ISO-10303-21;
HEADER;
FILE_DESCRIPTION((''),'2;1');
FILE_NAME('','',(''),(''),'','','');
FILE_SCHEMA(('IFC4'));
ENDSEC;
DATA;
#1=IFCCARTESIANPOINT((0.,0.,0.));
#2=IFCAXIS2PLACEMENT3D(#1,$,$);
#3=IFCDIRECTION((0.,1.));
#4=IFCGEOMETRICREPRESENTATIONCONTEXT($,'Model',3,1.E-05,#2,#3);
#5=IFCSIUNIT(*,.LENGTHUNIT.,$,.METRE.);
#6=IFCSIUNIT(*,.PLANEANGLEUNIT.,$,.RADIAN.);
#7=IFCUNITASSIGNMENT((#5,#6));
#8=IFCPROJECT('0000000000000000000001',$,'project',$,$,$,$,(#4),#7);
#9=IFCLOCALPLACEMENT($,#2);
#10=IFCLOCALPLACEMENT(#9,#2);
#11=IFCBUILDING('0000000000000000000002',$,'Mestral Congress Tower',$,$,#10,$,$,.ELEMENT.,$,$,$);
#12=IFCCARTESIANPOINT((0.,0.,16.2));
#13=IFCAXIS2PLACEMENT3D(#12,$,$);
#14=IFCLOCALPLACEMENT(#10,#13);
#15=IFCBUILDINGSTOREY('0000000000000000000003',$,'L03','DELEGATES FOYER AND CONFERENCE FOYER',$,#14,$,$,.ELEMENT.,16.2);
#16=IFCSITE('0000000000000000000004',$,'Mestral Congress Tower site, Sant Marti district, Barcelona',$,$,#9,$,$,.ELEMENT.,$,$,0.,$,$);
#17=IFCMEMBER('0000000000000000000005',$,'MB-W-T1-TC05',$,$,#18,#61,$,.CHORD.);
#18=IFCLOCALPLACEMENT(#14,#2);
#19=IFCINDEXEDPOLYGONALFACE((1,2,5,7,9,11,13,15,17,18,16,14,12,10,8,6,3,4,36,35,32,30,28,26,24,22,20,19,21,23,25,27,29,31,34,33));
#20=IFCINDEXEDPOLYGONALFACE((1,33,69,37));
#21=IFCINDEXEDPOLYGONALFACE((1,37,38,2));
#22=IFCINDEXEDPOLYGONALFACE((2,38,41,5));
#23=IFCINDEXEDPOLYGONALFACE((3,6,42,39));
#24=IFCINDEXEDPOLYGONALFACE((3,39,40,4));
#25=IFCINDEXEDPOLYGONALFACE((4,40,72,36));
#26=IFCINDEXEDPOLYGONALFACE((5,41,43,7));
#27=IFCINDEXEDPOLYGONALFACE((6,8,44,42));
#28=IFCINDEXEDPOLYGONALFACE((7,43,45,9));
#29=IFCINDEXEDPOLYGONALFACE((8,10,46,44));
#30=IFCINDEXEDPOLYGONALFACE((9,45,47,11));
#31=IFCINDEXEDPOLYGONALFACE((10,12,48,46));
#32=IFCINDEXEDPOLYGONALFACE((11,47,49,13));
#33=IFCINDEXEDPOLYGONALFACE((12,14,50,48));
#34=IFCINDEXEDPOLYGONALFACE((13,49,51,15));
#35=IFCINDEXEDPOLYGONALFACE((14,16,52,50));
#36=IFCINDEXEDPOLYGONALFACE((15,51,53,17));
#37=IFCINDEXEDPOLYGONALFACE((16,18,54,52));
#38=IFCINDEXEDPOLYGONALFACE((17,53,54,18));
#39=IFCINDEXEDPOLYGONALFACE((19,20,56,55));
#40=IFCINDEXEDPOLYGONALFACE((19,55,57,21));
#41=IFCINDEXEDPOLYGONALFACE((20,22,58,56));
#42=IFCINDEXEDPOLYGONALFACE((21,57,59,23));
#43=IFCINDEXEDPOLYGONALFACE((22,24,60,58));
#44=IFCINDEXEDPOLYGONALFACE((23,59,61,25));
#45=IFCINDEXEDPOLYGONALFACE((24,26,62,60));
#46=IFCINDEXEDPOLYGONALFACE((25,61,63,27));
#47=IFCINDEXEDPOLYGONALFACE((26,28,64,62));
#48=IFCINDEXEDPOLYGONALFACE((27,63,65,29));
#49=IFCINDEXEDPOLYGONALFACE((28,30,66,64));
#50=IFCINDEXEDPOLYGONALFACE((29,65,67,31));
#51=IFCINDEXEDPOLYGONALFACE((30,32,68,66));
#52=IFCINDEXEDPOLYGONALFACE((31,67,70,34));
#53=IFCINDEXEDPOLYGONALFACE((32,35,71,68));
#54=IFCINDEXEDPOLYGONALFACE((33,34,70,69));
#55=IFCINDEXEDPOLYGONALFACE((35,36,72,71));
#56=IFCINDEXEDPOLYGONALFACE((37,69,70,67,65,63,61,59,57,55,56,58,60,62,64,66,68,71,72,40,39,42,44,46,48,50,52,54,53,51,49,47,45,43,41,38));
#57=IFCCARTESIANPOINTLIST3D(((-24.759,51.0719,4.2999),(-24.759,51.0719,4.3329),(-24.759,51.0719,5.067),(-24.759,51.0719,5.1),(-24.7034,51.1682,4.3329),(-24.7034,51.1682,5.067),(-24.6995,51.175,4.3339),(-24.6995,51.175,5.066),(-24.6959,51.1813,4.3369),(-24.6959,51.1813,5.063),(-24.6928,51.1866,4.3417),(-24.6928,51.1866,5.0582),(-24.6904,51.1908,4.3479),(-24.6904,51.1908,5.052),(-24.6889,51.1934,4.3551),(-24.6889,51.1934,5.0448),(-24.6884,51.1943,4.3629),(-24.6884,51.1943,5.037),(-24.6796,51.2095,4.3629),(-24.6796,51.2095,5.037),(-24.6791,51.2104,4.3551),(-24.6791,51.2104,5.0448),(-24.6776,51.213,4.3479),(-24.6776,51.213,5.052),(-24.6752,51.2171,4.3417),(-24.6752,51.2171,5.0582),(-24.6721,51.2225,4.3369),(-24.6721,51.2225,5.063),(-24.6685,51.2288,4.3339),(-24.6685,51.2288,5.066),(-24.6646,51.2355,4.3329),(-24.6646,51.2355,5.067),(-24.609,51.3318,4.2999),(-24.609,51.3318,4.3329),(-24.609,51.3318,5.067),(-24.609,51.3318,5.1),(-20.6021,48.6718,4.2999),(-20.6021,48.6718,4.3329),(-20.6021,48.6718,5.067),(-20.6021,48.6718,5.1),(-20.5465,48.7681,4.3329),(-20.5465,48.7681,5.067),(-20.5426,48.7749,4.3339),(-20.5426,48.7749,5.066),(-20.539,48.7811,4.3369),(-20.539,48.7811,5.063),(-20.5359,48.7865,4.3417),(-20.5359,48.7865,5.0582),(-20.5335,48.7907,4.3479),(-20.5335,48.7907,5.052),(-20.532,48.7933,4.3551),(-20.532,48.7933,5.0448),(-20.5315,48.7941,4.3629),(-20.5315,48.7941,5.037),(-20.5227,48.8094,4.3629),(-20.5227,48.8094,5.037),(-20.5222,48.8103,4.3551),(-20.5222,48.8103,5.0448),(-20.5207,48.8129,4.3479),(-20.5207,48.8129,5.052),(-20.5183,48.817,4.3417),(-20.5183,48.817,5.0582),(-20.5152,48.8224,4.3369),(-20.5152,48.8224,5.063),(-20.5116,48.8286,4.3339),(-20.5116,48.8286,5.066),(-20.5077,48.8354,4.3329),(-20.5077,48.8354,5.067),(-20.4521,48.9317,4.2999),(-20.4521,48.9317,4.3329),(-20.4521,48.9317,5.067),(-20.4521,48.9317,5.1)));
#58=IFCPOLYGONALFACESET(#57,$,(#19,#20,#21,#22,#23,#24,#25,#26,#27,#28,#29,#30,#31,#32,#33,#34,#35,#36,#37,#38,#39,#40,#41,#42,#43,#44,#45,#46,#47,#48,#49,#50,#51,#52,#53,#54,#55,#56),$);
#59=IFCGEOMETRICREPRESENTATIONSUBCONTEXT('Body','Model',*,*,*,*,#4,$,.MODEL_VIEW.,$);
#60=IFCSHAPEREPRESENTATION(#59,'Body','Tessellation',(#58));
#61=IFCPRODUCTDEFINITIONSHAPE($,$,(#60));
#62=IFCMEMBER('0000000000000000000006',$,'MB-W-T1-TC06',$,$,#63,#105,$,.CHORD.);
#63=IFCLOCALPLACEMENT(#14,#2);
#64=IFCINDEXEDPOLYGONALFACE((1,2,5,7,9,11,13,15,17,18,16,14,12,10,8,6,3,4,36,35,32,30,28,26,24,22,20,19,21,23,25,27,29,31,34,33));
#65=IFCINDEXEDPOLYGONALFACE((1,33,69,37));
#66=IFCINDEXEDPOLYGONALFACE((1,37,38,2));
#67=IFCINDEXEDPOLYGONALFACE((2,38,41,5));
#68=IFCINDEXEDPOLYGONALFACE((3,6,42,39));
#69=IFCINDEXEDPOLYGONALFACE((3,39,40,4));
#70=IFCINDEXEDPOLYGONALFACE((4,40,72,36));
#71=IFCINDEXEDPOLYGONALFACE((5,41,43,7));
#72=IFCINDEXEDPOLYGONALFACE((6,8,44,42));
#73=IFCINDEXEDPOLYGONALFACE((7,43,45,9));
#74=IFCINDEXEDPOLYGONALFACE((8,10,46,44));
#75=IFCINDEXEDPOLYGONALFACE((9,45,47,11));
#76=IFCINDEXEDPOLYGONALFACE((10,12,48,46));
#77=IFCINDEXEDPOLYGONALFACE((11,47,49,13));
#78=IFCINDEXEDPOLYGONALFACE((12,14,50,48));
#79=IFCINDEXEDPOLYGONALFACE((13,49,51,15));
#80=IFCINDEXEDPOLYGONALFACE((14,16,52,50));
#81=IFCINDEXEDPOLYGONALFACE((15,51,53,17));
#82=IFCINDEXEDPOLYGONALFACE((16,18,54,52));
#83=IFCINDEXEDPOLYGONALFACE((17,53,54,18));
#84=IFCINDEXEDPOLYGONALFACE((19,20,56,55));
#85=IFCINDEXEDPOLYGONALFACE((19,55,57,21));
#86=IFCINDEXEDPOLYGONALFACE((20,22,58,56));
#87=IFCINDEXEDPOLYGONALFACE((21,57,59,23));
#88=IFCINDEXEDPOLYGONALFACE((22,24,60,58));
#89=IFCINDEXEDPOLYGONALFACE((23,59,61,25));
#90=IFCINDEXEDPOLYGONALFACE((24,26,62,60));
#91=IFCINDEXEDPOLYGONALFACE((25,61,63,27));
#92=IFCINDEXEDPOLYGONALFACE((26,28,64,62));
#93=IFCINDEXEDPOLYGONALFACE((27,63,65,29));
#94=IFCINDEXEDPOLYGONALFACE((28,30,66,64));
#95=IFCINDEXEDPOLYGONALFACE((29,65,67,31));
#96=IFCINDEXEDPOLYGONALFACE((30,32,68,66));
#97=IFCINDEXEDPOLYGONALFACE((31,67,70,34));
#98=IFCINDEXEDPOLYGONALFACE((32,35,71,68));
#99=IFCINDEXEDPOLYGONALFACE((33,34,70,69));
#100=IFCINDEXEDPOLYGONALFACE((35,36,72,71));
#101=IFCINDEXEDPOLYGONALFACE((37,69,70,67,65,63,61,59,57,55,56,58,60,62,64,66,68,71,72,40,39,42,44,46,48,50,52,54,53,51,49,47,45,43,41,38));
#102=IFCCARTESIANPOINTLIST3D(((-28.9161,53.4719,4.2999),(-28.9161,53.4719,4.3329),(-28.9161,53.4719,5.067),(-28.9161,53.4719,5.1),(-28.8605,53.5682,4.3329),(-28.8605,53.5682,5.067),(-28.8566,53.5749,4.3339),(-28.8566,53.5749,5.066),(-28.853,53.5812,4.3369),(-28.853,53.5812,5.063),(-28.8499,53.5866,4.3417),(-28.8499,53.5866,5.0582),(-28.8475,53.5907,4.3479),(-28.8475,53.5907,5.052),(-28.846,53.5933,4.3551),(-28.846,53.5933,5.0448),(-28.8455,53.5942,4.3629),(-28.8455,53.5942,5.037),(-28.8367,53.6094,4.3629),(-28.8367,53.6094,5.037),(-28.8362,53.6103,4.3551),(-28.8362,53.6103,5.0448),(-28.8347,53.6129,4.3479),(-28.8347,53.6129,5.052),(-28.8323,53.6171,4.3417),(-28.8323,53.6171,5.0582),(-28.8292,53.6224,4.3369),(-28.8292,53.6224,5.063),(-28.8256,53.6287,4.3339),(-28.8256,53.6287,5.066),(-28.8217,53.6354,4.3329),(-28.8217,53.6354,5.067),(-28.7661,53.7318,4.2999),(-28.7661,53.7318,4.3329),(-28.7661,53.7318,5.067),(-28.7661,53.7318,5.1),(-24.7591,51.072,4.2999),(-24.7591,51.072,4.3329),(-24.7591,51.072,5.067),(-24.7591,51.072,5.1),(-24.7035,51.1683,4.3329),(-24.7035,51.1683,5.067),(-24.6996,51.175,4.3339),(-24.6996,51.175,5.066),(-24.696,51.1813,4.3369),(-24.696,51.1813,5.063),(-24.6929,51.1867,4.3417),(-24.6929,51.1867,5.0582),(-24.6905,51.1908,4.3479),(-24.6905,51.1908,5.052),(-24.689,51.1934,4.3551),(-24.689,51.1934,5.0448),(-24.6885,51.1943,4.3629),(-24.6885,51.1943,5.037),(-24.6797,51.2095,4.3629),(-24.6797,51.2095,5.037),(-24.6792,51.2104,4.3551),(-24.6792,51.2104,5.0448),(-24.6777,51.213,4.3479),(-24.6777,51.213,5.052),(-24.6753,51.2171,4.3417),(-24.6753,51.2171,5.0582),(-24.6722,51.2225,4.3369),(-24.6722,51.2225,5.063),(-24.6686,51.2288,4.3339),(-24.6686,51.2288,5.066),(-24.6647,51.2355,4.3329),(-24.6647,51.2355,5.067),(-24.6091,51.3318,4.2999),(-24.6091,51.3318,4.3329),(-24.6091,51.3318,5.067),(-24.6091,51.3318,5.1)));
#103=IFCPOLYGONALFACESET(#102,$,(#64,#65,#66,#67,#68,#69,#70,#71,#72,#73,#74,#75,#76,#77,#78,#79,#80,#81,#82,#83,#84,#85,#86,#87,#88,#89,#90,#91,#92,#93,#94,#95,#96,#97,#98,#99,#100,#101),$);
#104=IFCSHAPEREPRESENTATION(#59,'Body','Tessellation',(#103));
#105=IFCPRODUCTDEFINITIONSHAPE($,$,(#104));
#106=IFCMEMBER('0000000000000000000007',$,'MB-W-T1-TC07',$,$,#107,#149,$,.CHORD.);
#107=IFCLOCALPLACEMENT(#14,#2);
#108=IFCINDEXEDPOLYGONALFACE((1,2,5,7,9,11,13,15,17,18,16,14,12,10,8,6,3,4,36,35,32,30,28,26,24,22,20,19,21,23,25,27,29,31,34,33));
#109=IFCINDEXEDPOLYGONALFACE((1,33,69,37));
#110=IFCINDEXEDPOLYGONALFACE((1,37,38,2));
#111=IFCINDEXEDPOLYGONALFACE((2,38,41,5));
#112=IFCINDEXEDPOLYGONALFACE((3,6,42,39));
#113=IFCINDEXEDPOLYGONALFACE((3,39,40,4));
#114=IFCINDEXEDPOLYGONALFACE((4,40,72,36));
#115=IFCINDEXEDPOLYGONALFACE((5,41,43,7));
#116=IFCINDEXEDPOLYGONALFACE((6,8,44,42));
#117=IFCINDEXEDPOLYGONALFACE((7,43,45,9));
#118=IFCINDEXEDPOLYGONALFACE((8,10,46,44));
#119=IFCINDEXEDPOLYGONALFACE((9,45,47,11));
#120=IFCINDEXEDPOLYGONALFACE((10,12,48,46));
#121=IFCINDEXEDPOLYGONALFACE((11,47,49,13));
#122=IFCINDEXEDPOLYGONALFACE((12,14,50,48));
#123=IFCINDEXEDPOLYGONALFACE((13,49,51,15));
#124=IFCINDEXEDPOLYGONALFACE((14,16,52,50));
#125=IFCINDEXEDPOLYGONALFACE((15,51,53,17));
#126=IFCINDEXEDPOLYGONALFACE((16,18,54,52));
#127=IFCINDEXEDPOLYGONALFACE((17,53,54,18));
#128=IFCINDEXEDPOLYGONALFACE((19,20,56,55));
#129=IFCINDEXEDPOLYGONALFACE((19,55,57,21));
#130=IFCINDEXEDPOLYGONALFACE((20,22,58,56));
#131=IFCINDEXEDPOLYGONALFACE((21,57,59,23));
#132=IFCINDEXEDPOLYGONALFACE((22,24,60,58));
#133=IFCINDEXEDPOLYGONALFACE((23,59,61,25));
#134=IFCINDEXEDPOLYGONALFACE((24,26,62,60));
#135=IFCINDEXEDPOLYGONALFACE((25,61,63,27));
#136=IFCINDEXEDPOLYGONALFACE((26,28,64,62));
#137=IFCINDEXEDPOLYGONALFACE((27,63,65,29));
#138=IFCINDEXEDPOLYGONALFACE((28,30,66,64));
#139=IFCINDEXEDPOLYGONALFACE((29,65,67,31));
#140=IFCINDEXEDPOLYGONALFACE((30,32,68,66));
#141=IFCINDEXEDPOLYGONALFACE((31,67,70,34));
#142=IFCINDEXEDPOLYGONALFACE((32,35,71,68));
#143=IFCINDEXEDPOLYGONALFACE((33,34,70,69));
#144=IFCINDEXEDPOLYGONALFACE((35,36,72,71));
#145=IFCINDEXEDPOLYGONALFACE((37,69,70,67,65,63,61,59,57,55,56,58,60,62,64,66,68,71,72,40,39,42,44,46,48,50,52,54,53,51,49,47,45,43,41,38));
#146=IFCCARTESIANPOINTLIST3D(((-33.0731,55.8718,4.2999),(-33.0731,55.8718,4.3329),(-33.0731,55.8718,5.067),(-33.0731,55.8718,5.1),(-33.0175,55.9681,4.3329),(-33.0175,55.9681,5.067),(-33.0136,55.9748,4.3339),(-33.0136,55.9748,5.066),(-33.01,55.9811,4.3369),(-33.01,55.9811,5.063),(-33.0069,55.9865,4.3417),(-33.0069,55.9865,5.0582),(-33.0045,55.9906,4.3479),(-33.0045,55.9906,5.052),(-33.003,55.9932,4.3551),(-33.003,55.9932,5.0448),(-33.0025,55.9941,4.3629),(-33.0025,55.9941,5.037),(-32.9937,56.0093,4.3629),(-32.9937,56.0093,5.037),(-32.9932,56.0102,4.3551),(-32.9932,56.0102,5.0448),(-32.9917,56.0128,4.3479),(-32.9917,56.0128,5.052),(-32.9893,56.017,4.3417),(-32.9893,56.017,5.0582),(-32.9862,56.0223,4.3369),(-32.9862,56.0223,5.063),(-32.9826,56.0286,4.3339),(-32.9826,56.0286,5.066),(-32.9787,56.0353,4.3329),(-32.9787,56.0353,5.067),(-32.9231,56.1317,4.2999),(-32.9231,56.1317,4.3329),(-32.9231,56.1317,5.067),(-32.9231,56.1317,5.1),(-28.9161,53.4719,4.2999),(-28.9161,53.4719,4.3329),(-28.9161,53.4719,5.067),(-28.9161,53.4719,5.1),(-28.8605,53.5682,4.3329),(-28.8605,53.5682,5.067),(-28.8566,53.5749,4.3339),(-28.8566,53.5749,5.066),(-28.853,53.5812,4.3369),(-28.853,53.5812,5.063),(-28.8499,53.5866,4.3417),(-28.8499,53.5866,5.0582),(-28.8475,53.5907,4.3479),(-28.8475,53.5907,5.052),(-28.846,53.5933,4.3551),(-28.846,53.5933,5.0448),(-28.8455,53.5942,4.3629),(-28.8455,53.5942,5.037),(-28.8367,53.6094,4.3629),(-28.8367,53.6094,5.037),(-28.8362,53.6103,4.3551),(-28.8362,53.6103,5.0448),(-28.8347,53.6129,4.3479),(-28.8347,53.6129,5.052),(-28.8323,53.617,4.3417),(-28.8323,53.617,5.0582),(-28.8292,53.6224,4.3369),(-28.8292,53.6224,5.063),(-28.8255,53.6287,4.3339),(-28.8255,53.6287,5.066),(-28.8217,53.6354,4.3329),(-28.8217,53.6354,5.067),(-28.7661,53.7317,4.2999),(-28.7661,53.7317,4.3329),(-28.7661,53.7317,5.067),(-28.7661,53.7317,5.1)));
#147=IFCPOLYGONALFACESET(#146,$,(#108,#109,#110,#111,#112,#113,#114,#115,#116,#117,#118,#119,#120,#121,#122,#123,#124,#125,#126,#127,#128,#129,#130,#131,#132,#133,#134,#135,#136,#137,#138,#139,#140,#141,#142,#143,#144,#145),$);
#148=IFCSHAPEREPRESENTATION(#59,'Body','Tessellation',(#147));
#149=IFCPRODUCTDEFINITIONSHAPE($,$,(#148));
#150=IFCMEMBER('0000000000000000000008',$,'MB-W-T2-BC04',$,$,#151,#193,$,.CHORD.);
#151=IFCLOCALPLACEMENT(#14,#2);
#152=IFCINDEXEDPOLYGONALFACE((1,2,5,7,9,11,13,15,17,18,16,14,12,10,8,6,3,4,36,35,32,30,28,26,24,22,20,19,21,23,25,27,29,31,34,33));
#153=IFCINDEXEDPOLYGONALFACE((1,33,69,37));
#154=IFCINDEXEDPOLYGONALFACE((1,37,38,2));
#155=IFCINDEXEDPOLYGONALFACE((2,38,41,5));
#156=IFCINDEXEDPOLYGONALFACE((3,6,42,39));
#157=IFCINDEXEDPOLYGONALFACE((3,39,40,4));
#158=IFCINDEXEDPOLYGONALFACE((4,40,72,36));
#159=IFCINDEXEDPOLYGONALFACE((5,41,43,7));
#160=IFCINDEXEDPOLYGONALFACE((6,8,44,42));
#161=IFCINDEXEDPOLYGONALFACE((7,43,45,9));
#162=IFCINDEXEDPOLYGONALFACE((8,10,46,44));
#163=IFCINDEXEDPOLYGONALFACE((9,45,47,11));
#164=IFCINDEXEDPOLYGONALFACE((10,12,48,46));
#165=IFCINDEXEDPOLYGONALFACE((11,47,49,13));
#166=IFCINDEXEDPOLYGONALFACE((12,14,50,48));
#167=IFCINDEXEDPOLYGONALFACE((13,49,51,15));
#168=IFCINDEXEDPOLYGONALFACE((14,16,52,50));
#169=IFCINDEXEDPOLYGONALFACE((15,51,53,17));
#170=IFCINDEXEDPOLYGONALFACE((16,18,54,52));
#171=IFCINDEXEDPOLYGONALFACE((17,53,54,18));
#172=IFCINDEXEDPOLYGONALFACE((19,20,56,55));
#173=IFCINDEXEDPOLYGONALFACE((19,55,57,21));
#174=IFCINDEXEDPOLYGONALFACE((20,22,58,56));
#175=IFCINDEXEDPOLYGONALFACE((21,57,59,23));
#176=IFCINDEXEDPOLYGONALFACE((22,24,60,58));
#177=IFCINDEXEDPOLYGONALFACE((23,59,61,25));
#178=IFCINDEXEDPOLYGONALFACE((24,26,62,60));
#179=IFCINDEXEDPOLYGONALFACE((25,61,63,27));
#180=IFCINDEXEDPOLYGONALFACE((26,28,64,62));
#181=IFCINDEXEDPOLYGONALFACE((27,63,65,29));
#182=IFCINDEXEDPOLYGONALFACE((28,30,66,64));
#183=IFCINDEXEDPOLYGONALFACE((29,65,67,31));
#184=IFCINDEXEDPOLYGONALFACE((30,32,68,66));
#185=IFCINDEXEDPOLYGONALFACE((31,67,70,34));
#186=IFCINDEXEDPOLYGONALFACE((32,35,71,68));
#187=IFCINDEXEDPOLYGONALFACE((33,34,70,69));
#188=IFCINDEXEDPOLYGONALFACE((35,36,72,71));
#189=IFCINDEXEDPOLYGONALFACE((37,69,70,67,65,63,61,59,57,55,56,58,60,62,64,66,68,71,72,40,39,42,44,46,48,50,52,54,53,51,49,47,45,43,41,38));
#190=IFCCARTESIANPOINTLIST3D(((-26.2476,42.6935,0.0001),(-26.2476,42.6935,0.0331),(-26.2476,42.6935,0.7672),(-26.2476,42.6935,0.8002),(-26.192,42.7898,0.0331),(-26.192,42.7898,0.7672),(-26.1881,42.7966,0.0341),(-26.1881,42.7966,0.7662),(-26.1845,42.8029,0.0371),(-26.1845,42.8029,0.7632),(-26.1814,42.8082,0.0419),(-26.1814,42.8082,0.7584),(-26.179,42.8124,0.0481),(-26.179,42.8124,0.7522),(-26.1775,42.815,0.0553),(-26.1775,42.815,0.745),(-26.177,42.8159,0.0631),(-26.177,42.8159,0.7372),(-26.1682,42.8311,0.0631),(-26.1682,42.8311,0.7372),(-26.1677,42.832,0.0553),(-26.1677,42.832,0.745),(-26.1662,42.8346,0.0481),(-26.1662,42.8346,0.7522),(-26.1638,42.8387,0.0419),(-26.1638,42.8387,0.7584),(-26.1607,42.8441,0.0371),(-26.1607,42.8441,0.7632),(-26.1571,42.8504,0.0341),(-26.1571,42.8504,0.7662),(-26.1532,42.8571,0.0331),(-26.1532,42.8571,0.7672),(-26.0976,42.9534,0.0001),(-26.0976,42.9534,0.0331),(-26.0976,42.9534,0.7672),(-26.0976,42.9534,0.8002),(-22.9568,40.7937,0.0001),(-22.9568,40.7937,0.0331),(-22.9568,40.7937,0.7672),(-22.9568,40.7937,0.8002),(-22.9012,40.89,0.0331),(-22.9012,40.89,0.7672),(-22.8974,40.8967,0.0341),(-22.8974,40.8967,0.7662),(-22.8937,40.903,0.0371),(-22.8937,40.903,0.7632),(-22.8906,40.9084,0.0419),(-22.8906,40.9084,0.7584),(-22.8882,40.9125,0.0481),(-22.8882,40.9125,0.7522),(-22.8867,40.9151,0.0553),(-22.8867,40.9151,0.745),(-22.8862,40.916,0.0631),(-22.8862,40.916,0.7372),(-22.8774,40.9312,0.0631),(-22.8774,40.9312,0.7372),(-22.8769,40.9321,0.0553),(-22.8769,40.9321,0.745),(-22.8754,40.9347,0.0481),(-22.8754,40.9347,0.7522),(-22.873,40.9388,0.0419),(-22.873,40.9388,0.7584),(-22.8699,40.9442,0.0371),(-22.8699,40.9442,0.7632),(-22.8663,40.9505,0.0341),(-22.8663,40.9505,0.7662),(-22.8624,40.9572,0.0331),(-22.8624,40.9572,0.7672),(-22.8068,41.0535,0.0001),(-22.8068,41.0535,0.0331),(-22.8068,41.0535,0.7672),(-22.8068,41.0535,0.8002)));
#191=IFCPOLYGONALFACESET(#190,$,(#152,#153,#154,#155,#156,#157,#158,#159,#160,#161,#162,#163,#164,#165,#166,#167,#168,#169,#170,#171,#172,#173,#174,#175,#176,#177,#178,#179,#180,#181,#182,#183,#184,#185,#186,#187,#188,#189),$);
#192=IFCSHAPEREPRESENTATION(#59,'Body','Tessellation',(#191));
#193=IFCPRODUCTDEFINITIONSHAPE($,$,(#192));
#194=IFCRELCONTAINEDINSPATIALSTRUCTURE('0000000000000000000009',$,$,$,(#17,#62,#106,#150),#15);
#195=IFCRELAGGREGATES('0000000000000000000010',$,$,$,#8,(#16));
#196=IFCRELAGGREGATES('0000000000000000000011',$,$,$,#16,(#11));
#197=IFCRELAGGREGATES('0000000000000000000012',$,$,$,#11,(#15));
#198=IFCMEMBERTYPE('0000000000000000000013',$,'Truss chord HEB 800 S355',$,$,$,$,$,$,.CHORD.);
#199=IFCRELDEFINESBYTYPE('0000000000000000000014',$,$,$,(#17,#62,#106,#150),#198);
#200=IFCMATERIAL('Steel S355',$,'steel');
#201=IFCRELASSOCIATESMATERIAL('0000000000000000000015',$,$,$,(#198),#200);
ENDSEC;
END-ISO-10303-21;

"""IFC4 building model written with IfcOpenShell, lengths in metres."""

from ifc_helpers import new_model, si_unit, direction, frame, origin, origin_2d, place, context, subcontext, project, spatial, i_section, extrude, material, material_profile, profile_set, type_object, element, save


model = new_model("IFC4")

# Units and contexts
model_context = context("Model", 3, precision=1e-05, world=origin(), true_north=direction((0.0, 1.0)))
body_context = subcontext(model_context, "Body", "Model", "MODEL_VIEW")
ifc_project = project(units=[si_unit("LENGTHUNIT", "METRE"), si_unit("PLANEANGLEUNIT", "RADIAN")], contexts=[model_context])

# Site, building, storey
site_placement = place(None, origin())
site = spatial("IfcSite", under=ifc_project, at=site_placement, Name="Mestral Congress Tower site, Sant Marti district, Barcelona", CompositionType="ELEMENT", RefElevation=0.0)
building_placement = place(site_placement, origin())
building = spatial("IfcBuilding", under=site, at=building_placement, Name="Mestral Congress Tower", CompositionType="ELEMENT")
storey_placement = place(building_placement, frame((0.0, 0.0, 16.2)))
storey = spatial("IfcBuildingStorey", under=building, at=storey_placement, Name="L03", Description="DELEGATES FOYER AND CONFERENCE FOYER", CompositionType="ELEMENT", Elevation=16.2)

# Members
ifc_material_1 = material(Name="Steel S355", Category="steel")
ifc_material_profile_1 = material_profile(ifc_material_1, i_section(OverallWidth=0.3, OverallDepth=0.8, WebThickness=0.0176, FlangeThickness=0.033, FilletRadius=0.03, at=origin_2d()), Name="HEB 800")
ifc_profile_set_1 = profile_set([ifc_material_profile_1], Name="Steel S355")
member_type_1 = type_object("IfcMemberType", Name="Truss chord HEB 800 S355", PredefinedType="CHORD", material=ifc_profile_set_1)
for number, where, z_axis, x_axis, name in (
    (1, (-20.5271, 48.8018, 4.7), (-0.866015, 0.500017, 0.0), (-0.500017, -0.866015, 0.0), "MB-W-T1-TC05"),
    (2, (-24.6841, 51.2019, 4.7), (-0.866037, 0.499979, 0.0), (-0.499979, -0.866037, 0.0), "MB-W-T1-TC06"),
    (3, (-28.8411, 53.6018, 4.7), (-0.866037, 0.499979, 0.0), (-0.499979, -0.866037, 0.0), "MB-W-T1-TC07"),
):
    element("IfcMember", number, at=place(storey_placement, frame(where, z_axis=z_axis, x_axis=x_axis)), inside=storey, type_object=member_type_1, Name=name, PredefinedType="CHORD", context=body_context, shape_type="SweptSolid", body=[
        extrude(i_section(OverallWidth=0.3, OverallDepth=0.8, WebThickness=0.0176, FlangeThickness=0.033, FilletRadius=0.03, at=origin_2d()), origin(), (0.0, 0.0, 1.0), 4.8),
    ])
member_1_placement = place(storey_placement, frame((-22.8818, 40.9236, 0.4001), z_axis=(-0.866028, 0.499995, 0.0), x_axis=(-0.499995, -0.866028, 0.0)))
element("IfcMember", 4, at=member_1_placement, inside=storey, type_object=member_type_1, Name="MB-W-T2-BC04", PredefinedType="CHORD", context=body_context, shape_type="SweptSolid", body=[
    extrude(i_section(OverallWidth=0.3, OverallDepth=0.8, WebThickness=0.0176, FlangeThickness=0.033, FilletRadius=0.03, at=origin_2d()), origin(), (0.0, 0.0, 1.0), 3.7998),
])

save(model, "model.ifc")
